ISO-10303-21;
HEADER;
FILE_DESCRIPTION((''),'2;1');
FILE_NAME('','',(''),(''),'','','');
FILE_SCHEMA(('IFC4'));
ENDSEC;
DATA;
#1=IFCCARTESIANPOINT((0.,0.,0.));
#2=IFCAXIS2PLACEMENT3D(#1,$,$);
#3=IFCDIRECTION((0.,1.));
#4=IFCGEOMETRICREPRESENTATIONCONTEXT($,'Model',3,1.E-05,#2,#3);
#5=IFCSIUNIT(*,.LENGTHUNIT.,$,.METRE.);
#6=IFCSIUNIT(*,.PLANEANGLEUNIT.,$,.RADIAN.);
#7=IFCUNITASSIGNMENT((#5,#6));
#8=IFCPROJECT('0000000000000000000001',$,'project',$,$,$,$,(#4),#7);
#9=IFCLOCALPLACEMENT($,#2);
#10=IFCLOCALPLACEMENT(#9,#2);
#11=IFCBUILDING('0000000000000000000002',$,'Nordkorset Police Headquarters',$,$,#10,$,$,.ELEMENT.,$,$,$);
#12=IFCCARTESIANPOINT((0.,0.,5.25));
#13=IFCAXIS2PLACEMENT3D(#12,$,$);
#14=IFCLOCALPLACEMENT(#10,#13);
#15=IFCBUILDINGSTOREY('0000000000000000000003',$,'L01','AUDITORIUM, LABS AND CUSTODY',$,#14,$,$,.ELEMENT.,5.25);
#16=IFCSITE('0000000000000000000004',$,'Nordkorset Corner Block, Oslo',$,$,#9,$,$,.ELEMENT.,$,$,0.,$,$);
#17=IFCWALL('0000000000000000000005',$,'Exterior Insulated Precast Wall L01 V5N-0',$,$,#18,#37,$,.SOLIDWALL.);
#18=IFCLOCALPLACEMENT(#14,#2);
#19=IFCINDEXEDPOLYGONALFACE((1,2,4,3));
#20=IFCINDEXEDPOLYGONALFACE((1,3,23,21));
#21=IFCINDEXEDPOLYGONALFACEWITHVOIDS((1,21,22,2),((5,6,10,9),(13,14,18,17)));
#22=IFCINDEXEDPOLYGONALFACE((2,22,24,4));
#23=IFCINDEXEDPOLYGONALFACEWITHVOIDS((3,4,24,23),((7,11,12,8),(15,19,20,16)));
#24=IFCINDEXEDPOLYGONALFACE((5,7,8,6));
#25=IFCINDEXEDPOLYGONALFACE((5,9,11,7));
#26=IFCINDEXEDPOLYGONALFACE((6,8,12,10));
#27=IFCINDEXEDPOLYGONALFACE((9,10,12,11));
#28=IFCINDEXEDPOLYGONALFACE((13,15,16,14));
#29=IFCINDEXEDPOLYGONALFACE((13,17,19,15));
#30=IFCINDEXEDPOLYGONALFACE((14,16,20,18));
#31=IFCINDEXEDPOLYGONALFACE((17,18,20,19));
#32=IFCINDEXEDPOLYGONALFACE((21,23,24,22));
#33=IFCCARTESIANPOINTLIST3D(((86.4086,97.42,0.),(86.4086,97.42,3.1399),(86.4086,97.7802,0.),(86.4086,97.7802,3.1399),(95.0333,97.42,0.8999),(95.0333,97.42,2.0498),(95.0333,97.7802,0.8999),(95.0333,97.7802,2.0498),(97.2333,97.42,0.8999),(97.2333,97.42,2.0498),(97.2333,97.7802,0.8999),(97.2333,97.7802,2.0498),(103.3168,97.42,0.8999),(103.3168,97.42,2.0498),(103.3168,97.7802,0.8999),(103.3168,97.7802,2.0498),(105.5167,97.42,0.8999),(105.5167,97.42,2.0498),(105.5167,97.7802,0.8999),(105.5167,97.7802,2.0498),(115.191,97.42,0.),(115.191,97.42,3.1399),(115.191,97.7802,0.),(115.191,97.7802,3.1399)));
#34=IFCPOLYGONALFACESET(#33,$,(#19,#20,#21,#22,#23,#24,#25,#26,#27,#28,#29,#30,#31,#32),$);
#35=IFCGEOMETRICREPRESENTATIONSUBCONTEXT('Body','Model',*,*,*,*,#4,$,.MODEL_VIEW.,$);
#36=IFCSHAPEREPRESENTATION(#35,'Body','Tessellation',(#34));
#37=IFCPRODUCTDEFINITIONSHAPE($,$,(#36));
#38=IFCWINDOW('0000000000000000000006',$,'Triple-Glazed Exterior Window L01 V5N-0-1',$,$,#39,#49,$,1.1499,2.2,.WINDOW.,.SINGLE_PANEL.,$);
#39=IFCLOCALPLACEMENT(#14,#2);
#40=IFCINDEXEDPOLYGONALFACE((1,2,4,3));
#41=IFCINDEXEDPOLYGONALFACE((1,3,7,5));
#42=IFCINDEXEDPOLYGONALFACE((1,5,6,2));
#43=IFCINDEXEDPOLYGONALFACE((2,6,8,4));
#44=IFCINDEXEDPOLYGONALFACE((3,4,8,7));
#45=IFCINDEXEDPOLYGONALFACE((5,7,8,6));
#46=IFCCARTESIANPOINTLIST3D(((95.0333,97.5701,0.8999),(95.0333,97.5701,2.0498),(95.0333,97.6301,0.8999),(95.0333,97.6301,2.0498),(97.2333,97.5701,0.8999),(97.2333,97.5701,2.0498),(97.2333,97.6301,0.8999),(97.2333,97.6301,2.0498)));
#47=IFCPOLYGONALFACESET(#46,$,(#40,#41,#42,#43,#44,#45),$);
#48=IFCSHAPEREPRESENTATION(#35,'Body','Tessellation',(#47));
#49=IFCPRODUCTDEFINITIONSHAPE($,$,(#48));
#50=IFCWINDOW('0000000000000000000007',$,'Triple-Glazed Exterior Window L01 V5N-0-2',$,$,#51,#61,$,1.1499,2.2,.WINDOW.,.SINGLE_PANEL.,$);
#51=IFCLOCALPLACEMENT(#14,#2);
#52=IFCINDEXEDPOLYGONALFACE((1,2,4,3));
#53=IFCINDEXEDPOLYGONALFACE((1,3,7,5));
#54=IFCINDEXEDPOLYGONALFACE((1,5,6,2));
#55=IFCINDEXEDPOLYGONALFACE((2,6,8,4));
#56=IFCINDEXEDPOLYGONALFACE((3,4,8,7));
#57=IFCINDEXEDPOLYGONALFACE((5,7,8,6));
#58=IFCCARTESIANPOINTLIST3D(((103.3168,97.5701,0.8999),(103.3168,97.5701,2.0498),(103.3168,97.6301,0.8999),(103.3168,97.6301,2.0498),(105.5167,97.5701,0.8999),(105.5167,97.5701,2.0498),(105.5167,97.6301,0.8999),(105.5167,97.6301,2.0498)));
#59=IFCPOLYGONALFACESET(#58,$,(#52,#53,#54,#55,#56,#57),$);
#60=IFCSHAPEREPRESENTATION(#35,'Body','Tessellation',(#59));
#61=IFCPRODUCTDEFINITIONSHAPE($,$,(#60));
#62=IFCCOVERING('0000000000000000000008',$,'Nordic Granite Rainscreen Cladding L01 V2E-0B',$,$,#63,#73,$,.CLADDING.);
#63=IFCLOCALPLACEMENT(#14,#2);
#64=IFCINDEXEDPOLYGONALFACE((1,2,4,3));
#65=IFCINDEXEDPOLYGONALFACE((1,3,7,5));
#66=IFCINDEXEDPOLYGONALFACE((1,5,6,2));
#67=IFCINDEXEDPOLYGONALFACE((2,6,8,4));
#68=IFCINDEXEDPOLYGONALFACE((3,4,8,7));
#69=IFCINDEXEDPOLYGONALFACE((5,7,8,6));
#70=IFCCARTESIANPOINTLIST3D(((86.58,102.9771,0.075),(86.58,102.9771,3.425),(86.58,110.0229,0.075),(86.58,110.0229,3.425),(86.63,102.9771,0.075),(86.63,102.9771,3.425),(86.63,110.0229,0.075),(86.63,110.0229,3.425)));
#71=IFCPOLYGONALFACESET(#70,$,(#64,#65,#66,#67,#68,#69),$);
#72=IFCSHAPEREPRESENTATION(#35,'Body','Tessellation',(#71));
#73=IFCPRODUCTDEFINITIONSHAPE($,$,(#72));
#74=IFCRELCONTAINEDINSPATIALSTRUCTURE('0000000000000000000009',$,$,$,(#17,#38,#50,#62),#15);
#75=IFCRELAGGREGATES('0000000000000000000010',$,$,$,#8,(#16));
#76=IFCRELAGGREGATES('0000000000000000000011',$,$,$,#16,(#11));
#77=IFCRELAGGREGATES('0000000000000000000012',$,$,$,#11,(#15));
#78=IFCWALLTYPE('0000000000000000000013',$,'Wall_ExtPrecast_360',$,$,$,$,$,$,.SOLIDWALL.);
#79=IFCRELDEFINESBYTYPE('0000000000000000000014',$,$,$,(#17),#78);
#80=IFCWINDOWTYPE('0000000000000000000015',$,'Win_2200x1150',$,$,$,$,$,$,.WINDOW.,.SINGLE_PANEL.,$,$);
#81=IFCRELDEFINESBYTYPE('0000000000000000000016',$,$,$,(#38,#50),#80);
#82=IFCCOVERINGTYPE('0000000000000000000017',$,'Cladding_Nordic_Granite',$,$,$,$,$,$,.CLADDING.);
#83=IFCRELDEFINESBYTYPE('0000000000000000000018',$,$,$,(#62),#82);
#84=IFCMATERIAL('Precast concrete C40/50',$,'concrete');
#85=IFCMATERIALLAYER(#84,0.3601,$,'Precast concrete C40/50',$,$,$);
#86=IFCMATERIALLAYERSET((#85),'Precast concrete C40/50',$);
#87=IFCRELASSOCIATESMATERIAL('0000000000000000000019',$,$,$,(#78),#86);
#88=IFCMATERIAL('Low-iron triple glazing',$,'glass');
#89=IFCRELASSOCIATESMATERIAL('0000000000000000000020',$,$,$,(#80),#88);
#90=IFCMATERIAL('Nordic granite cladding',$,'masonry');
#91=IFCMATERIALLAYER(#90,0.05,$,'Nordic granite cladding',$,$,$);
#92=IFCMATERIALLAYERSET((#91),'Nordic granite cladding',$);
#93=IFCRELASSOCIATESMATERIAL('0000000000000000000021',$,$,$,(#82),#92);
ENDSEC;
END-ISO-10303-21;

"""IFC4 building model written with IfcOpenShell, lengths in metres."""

from ifc_helpers import new_model, si_unit, direction, frame, frame_2d, origin, origin_2d, place, context, subcontext, project, spatial, rectangle, extrude, material, layer, layer_set, type_object, element, fill, save


model = new_model("IFC4")

# Units and contexts
model_context = context("Model", 3, precision=1e-05, world=origin(), true_north=direction((0.0, 1.0)))
body_context = subcontext(model_context, "Body", "Model", "MODEL_VIEW")
ifc_project = project(units=[si_unit("LENGTHUNIT", "METRE"), si_unit("PLANEANGLEUNIT", "RADIAN")], contexts=[model_context])

# Site, building, storey
site_placement = place(None, origin())
site = spatial("IfcSite", under=ifc_project, at=site_placement, Name="Nordkorset Corner Block, Oslo", CompositionType="ELEMENT", RefElevation=0.0)
building_placement = place(site_placement, origin())
building = spatial("IfcBuilding", under=site, at=building_placement, Name="Nordkorset Police Headquarters", CompositionType="ELEMENT")
storey_placement = place(building_placement, frame((0.0, 0.0, 5.25)))
storey = spatial("IfcBuildingStorey", under=building, at=storey_placement, Name="L01", Description="AUDITORIUM, LABS AND CUSTODY", CompositionType="ELEMENT", Elevation=5.25)

# Wall, openings, windows
ifc_material_1 = material(Name="Precast concrete C40/50", Category="concrete")
ifc_layer_1 = layer(ifc_material_1, 0.3601, Name="Precast concrete C40/50")
ifc_layer_set_1 = layer_set([ifc_layer_1], Name="Precast concrete C40/50")
wall_type = type_object("IfcWallType", Name="Wall_ExtPrecast_360", PredefinedType="SOLIDWALL", material=ifc_layer_set_1)
wall_placement = place(storey_placement, frame((86.4087, 97.6001, 0.0), z_axis=(0.0, 0.0, 1.0), x_axis=(1.0, 0.0, 0.0)))
wall = element("IfcWall", 1, at=wall_placement, inside=storey, type_object=wall_type, Name="Exterior Insulated Precast Wall L01 V5N-0", PredefinedType="SOLIDWALL", context=body_context, shape_type="SweptSolid", body=[
    extrude(rectangle(XDim=28.7825, YDim=0.3601, at=frame_2d((14.3911, 0.0))), origin(), (0.0, 0.0, 1.0), 3.1399),
])
opening_1_placement = place(wall_placement, frame((8.6245, 0.0, 0.8999)))
opening_1 = element("IfcOpeningElement", 2, at=opening_1_placement, cuts=wall, PredefinedType="OPENING", context=body_context, shape_type="SweptSolid", body=[
    extrude(rectangle(XDim=2.2, YDim=1.1499, at=frame_2d((1.1001, 0.575))), frame((0.0, 0.1899, 0.0), z_axis=(0.0, -1.0, 0.0), x_axis=(1.0, 0.0, 0.0)), (0.0, 0.0, 1.0), 0.3801),
])
opening_2_placement = place(wall_placement, frame((16.908, 0.0, 0.8999)))
opening_2 = element("IfcOpeningElement", 3, at=opening_2_placement, cuts=wall, PredefinedType="OPENING", context=body_context, shape_type="SweptSolid", body=[
    extrude(rectangle(XDim=2.2, YDim=1.1499, at=frame_2d((1.1001, 0.575))), frame((0.0, 0.1899, 0.0), z_axis=(0.0, -1.0, 0.0), x_axis=(1.0, 0.0, 0.0)), (0.0, 0.0, 1.0), 0.3801),
])
ifc_material_2 = material(Name="Low-iron triple glazing", Category="glass")
window_type = type_object("IfcWindowType", Name="Win_2200x1150", PartitioningType="SINGLE_PANEL", PredefinedType="WINDOW", material=ifc_material_2)
window_1_placement = place(opening_1_placement, origin())
window_1 = element("IfcWindow", 4, at=window_1_placement, inside=storey, type_object=window_type, Name="Triple-Glazed Exterior Window L01 V5N-0-1", OverallHeight=1.1499, OverallWidth=2.2, PartitioningType="SINGLE_PANEL", PredefinedType="WINDOW", context=body_context, shape_type="SweptSolid", body=[
    extrude(rectangle(XDim=2.2, YDim=1.1499, at=frame_2d((1.1001, 0.575))), frame((0.0, 0.03, 0.0), z_axis=(0.0, -1.0, 0.0), x_axis=(1.0, 0.0, 0.0)), (0.0, 0.0, 1.0), 0.0601),
])
fill(opening_1, window_1)
window_2_placement = place(opening_2_placement, origin())
window_2 = element("IfcWindow", 5, at=window_2_placement, inside=storey, type_object=window_type, Name="Triple-Glazed Exterior Window L01 V5N-0-2", OverallHeight=1.1499, OverallWidth=2.2, PartitioningType="SINGLE_PANEL", PredefinedType="WINDOW", context=body_context, shape_type="SweptSolid", body=[
    extrude(rectangle(XDim=2.2, YDim=1.1499, at=frame_2d((1.1001, 0.575))), frame((0.0, 0.03, 0.0), z_axis=(0.0, -1.0, 0.0), x_axis=(1.0, 0.0, 0.0)), (0.0, 0.0, 1.0), 0.0601),
])
fill(opening_2, window_2)

# Covering
ifc_material_3 = material(Name="Nordic granite cladding", Category="masonry")
ifc_layer_2 = layer(ifc_material_3, 0.05, Name="Nordic granite cladding")
ifc_layer_set_2 = layer_set([ifc_layer_2], Name="Nordic granite cladding")
covering_type = type_object("IfcCoveringType", Name="Cladding_Nordic_Granite", PredefinedType="CLADDING", material=ifc_layer_set_2)
covering_placement = place(storey_placement, frame((86.605, 106.5, 0.075), z_axis=(0.0, 0.0, 1.0), x_axis=(0.0, 1.0, 0.0)))
element("IfcCovering", 6, at=covering_placement, inside=storey, type_object=covering_type, Name="Nordic Granite Rainscreen Cladding L01 V2E-0B", PredefinedType="CLADDING", context=body_context, shape_type="SweptSolid", body=[
    extrude(rectangle(XDim=7.0459, YDim=0.05, at=origin_2d()), origin(), (0.0, 0.0, 1.0), 3.3501),
])

save(model, "model.ifc")
